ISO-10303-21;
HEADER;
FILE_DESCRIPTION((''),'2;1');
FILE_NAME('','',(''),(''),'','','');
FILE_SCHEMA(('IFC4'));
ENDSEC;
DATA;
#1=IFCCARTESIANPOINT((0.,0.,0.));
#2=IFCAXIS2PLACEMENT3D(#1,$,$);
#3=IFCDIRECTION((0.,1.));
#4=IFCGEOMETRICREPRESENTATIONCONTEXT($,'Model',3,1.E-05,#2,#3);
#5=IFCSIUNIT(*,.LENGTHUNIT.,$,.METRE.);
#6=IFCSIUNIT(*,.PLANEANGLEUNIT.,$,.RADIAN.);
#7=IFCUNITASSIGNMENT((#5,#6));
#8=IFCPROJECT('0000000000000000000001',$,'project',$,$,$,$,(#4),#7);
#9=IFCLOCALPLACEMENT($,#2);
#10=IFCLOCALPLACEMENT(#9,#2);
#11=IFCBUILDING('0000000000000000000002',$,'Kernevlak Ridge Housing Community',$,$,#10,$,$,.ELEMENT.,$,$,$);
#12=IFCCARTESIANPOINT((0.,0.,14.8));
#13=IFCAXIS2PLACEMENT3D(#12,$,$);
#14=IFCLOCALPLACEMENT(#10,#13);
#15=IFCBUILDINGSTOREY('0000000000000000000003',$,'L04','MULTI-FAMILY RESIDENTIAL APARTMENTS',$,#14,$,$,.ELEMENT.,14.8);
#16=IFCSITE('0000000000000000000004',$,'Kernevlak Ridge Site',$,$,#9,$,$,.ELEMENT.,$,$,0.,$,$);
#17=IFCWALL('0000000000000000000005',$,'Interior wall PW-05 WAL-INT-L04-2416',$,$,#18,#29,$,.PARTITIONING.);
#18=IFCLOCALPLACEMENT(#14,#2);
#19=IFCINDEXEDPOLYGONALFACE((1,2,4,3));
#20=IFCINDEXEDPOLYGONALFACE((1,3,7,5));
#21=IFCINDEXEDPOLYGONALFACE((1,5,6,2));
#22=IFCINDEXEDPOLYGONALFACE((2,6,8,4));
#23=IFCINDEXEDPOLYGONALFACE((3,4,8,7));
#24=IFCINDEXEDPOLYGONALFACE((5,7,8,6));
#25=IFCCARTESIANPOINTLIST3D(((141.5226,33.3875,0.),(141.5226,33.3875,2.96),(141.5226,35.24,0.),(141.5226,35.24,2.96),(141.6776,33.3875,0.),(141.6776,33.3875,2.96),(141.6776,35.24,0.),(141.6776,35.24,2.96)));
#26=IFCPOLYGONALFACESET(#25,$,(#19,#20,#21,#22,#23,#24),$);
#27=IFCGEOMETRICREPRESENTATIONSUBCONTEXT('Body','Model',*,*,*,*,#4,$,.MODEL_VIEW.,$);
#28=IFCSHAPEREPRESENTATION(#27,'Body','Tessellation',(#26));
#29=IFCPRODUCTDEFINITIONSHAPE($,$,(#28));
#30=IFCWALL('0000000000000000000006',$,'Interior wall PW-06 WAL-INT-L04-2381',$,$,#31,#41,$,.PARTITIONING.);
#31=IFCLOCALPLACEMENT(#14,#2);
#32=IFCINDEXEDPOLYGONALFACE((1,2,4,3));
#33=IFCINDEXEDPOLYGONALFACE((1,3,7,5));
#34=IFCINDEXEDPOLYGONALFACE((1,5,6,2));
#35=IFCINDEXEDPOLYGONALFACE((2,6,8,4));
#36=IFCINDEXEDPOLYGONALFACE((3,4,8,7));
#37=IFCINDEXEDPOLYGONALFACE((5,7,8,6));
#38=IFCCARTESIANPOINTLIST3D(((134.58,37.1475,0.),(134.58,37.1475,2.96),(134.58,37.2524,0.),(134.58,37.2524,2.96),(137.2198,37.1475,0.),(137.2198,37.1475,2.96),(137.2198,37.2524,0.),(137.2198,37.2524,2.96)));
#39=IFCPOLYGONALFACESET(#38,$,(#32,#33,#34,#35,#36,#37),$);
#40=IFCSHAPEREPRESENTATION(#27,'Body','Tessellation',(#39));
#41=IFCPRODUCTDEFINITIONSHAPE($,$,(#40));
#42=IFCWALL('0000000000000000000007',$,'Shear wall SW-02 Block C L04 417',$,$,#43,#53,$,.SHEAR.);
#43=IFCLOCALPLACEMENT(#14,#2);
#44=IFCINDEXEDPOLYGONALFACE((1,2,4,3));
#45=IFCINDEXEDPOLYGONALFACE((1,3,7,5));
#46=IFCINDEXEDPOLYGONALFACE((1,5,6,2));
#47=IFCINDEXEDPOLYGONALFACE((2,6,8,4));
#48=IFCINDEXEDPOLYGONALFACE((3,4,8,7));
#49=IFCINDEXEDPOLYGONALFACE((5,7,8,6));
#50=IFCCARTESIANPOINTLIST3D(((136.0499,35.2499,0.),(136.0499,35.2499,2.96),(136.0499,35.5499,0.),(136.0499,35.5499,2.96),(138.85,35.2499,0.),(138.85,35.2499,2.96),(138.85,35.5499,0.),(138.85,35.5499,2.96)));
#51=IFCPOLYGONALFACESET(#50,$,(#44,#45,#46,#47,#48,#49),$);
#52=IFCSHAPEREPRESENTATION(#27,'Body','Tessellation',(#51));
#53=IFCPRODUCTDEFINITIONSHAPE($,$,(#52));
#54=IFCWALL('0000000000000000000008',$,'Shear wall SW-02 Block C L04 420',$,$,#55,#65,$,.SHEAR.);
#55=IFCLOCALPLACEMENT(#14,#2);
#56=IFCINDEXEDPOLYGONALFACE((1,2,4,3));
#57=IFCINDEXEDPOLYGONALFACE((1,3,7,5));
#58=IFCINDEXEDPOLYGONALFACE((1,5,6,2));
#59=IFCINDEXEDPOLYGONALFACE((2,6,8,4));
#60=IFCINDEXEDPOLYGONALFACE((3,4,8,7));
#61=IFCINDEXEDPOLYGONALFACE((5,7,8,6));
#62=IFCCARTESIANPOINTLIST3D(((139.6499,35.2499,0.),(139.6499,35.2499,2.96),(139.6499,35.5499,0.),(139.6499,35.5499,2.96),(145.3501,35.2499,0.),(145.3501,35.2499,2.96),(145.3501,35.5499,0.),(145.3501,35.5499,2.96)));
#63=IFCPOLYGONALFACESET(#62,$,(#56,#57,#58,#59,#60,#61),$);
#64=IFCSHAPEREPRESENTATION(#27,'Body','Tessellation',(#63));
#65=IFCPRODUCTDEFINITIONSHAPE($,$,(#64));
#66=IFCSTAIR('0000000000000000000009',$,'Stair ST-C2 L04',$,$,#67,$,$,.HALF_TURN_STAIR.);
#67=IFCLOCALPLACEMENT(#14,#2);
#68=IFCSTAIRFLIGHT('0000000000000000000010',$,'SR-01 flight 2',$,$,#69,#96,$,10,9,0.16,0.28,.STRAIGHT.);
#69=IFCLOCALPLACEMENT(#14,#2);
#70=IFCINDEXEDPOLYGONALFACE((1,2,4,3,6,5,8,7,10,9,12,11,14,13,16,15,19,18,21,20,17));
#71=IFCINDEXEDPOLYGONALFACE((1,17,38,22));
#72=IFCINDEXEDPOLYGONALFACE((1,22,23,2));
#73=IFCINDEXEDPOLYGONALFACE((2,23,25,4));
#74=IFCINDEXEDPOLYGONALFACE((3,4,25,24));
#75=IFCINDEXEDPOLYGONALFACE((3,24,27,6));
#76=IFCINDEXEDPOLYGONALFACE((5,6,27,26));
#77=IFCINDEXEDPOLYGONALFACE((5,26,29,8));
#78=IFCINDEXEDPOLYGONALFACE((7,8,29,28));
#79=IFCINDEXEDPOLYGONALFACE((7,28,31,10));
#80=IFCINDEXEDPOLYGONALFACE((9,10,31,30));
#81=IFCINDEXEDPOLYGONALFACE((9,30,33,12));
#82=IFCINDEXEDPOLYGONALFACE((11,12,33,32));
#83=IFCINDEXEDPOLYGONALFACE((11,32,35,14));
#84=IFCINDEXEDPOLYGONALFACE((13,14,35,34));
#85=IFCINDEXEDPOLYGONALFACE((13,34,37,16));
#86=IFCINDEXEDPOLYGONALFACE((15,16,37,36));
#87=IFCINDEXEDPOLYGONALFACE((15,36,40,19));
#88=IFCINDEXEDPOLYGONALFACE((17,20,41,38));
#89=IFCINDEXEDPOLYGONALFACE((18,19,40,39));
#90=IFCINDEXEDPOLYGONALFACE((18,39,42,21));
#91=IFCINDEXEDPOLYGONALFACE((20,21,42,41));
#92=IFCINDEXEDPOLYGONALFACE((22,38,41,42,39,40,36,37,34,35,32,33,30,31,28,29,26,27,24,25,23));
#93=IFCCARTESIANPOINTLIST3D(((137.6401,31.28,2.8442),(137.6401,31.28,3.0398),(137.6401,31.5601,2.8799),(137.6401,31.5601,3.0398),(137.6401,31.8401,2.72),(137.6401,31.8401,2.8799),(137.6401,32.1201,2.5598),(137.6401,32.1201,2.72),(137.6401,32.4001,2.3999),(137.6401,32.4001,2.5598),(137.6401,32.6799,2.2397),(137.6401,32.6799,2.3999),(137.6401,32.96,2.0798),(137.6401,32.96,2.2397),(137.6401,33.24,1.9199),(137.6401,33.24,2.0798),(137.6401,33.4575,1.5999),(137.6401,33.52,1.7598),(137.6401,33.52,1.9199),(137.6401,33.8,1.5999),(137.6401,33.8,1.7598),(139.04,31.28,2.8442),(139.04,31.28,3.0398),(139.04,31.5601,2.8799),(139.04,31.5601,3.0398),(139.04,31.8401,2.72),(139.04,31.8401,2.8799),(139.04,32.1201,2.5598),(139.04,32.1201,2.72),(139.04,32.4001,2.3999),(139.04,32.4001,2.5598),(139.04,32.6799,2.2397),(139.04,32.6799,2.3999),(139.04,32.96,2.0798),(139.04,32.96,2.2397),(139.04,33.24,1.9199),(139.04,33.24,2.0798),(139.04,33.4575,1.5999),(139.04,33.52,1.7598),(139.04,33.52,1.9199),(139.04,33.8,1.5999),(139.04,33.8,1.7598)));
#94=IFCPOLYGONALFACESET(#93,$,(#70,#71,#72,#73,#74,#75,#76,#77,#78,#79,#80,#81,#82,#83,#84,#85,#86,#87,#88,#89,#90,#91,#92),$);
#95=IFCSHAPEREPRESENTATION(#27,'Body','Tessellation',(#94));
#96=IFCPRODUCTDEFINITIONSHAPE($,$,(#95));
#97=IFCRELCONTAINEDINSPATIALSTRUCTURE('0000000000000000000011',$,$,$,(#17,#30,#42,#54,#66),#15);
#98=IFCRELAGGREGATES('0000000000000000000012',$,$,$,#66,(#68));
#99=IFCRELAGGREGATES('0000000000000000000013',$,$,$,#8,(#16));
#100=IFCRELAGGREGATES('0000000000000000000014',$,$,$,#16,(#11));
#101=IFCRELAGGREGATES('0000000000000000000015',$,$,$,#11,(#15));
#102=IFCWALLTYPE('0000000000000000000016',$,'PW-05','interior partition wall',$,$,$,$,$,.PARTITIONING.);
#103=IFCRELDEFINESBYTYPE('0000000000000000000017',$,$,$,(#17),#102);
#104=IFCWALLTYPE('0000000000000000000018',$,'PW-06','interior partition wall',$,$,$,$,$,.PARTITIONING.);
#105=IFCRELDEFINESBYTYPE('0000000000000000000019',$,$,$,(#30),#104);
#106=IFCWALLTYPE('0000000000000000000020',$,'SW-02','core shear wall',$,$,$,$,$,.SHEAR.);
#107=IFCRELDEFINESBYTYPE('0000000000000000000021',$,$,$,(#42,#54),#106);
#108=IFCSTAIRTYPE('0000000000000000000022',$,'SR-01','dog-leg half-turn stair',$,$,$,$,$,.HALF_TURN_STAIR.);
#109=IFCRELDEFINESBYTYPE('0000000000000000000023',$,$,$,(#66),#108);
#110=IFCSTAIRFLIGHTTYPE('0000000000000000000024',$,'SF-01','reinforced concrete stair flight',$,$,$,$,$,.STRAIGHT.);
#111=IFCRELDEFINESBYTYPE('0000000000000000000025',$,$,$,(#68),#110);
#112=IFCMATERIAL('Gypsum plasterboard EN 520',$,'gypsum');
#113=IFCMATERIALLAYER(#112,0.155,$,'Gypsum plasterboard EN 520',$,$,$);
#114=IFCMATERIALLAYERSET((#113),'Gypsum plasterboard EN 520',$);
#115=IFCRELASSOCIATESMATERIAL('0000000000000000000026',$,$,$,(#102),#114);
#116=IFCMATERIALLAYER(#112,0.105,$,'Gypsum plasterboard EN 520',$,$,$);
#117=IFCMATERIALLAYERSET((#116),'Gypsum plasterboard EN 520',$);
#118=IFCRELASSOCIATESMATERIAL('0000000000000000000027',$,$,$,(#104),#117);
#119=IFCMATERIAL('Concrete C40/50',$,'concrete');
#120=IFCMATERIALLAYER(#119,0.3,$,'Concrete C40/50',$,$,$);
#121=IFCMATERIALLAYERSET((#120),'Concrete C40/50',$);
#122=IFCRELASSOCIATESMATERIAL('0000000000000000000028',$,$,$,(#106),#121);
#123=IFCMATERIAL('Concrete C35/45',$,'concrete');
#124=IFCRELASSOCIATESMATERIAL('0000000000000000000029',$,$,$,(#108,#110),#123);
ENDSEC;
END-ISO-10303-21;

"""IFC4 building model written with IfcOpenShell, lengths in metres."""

from ifc_helpers import new_model, si_unit, direction, frame, frame_2d, origin, place, context, subcontext, project, spatial, polyline, rectangle, outline, extrude, material, layer, layer_set, type_object, element, aggregate, save


model = new_model("IFC4")

# Units and contexts
model_context = context("Model", 3, precision=1e-05, world=origin(), true_north=direction((0.0, 1.0)))
body_context = subcontext(model_context, "Body", "Model", "MODEL_VIEW")
ifc_project = project(units=[si_unit("LENGTHUNIT", "METRE"), si_unit("PLANEANGLEUNIT", "RADIAN")], contexts=[model_context])

# Site, building, storey
site_placement = place(None, origin())
site = spatial("IfcSite", under=ifc_project, at=site_placement, Name="Kernevlak Ridge Site", CompositionType="ELEMENT", RefElevation=0.0)
building_placement = place(site_placement, origin())
building = spatial("IfcBuilding", under=site, at=building_placement, Name="Kernevlak Ridge Housing Community", CompositionType="ELEMENT")
storey_placement = place(building_placement, frame((0.0, 0.0, 14.8)))
storey = spatial("IfcBuildingStorey", under=building, at=storey_placement, Name="L04", Description="MULTI-FAMILY RESIDENTIAL APARTMENTS", CompositionType="ELEMENT", Elevation=14.8)

# Shared definitions
ifc_material_1 = material(Name="Concrete C35/45", Category="concrete")

# Shared definitions
ifc_material_2 = material(Name="Gypsum plasterboard EN 520", Category="gypsum")

# Shared definitions
ifc_layer_1 = layer(ifc_material_2, 0.155, Name="Gypsum plasterboard EN 520")
ifc_layer_set_1 = layer_set([ifc_layer_1], Name="Gypsum plasterboard EN 520")
wall_type_1 = type_object("IfcWallType", Name="PW-05", Description="interior partition wall", PredefinedType="PARTITIONING", material=ifc_layer_set_1)

# Walls
wall_1_placement = place(storey_placement, frame((141.6001, 33.3875, 0.0), z_axis=(0.0, 0.0, 1.0), x_axis=(0.0, 1.0, 0.0)))
element("IfcWall", 1, at=wall_1_placement, inside=storey, type_object=wall_type_1, Name="Interior wall PW-05 WAL-INT-L04-2416", PredefinedType="PARTITIONING", context=body_context, shape_type="SweptSolid", body=[
    extrude(rectangle(XDim=1.8525, YDim=0.155, at=frame_2d((0.9263, 0.0))), origin(), (0.0, 0.0, 1.0), 2.96),
])
ifc_layer_2 = layer(ifc_material_2, 0.105, Name="Gypsum plasterboard EN 520")
ifc_layer_set_2 = layer_set([ifc_layer_2], Name="Gypsum plasterboard EN 520")
wall_type_2 = type_object("IfcWallType", Name="PW-06", Description="interior partition wall", PredefinedType="PARTITIONING", material=ifc_layer_set_2)
wall_2_placement = place(storey_placement, frame((134.5801, 37.2, 0.0), z_axis=(0.0, 0.0, 1.0), x_axis=(1.0, 0.0, 0.0)))
element("IfcWall", 2, at=wall_2_placement, inside=storey, type_object=wall_type_2, Name="Interior wall PW-06 WAL-INT-L04-2381", PredefinedType="PARTITIONING", context=body_context, shape_type="SweptSolid", body=[
    extrude(rectangle(XDim=2.6399, YDim=0.105, at=frame_2d((1.3198, 0.0))), origin(), (0.0, 0.0, 1.0), 2.96),
])
ifc_material_3 = material(Name="Concrete C40/50", Category="concrete")
ifc_layer_3 = layer(ifc_material_3, 0.3, Name="Concrete C40/50")
ifc_layer_set_3 = layer_set([ifc_layer_3], Name="Concrete C40/50")
wall_type_3 = type_object("IfcWallType", Name="SW-02", Description="core shear wall", PredefinedType="SHEAR", material=ifc_layer_set_3)
wall_3_placement = place(storey_placement, frame((136.05, 35.3999, 0.0), z_axis=(0.0, 0.0, 1.0), x_axis=(1.0, 0.0, 0.0)))
element("IfcWall", 3, at=wall_3_placement, inside=storey, type_object=wall_type_3, Name="Shear wall SW-02 Block C L04 417", PredefinedType="SHEAR", context=body_context, shape_type="SweptSolid", body=[
    extrude(rectangle(XDim=2.8, YDim=0.3, at=frame_2d((1.3999, 0.0))), origin(), (0.0, 0.0, 1.0), 2.96),
])
wall_4_placement = place(storey_placement, frame((139.6499, 35.3999, 0.0), z_axis=(0.0, 0.0, 1.0), x_axis=(1.0, 0.0, 0.0)))
element("IfcWall", 4, at=wall_4_placement, inside=storey, type_object=wall_type_3, Name="Shear wall SW-02 Block C L04 420", PredefinedType="SHEAR", context=body_context, shape_type="SweptSolid", body=[
    extrude(rectangle(XDim=5.7002, YDim=0.3, at=frame_2d((2.8501, 0.0))), origin(), (0.0, 0.0, 1.0), 2.96),
])

# Stair, stair flight
stair_type = type_object("IfcStairType", Name="SR-01", Description="dog-leg half-turn stair", PredefinedType="HALF_TURN_STAIR", material=ifc_material_1)
stair_placement = place(storey_placement, origin())
stair = element("IfcStair", 5, at=stair_placement, inside=storey, type_object=stair_type, Name="Stair ST-C2 L04", PredefinedType="HALF_TURN_STAIR")
stair_flight_type = type_object("IfcStairFlightType", Name="SF-01", Description="reinforced concrete stair flight", PredefinedType="STRAIGHT", material=ifc_material_1)
stair_flight_placement = place(storey_placement, frame((138.3401, 33.8, 1.5999), z_axis=(0.0, 0.0, 1.0), x_axis=(0.0, -1.0, 0.0)))
stair_flight = element("IfcStairFlight", 6, at=stair_flight_placement, type_object=stair_flight_type, Name="SR-01 flight 2", NumberOfRisers=10, NumberOfTreads=9, PredefinedType="STRAIGHT", RiserHeight=0.16, TreadLength=0.28, context=body_context, shape_type="SweptSolid", body=[
    extrude(outline(polyline([(0.0, 0.0), (0.0, 0.1599), (0.28, 0.1599), (0.28, 0.3201), (0.5601, 0.3201), (0.5601, 0.48), (0.8401, 0.48), (0.8401, 0.6399), (1.1201, 0.6399), (1.1201, 0.8), (1.3999, 0.8), (1.3999, 0.96), (1.6799, 0.96), (1.6799, 1.1201), (1.96, 1.1201), (1.96, 1.28), (2.24, 1.28), (2.24, 1.4399), (2.52, 1.4399), (2.52, 1.6001), (2.52, 1.2444), (0.3425, 0.0), (0.0, 0.0)])), frame((0.0, 0.7, 0.0), z_axis=(0.0, -1.0, 0.0), x_axis=(1.0, 0.0, 0.0)), (0.0, 0.0, 1.0), 1.3999),
])
aggregate(stair, [stair_flight])

save(model, "model.ifc")
